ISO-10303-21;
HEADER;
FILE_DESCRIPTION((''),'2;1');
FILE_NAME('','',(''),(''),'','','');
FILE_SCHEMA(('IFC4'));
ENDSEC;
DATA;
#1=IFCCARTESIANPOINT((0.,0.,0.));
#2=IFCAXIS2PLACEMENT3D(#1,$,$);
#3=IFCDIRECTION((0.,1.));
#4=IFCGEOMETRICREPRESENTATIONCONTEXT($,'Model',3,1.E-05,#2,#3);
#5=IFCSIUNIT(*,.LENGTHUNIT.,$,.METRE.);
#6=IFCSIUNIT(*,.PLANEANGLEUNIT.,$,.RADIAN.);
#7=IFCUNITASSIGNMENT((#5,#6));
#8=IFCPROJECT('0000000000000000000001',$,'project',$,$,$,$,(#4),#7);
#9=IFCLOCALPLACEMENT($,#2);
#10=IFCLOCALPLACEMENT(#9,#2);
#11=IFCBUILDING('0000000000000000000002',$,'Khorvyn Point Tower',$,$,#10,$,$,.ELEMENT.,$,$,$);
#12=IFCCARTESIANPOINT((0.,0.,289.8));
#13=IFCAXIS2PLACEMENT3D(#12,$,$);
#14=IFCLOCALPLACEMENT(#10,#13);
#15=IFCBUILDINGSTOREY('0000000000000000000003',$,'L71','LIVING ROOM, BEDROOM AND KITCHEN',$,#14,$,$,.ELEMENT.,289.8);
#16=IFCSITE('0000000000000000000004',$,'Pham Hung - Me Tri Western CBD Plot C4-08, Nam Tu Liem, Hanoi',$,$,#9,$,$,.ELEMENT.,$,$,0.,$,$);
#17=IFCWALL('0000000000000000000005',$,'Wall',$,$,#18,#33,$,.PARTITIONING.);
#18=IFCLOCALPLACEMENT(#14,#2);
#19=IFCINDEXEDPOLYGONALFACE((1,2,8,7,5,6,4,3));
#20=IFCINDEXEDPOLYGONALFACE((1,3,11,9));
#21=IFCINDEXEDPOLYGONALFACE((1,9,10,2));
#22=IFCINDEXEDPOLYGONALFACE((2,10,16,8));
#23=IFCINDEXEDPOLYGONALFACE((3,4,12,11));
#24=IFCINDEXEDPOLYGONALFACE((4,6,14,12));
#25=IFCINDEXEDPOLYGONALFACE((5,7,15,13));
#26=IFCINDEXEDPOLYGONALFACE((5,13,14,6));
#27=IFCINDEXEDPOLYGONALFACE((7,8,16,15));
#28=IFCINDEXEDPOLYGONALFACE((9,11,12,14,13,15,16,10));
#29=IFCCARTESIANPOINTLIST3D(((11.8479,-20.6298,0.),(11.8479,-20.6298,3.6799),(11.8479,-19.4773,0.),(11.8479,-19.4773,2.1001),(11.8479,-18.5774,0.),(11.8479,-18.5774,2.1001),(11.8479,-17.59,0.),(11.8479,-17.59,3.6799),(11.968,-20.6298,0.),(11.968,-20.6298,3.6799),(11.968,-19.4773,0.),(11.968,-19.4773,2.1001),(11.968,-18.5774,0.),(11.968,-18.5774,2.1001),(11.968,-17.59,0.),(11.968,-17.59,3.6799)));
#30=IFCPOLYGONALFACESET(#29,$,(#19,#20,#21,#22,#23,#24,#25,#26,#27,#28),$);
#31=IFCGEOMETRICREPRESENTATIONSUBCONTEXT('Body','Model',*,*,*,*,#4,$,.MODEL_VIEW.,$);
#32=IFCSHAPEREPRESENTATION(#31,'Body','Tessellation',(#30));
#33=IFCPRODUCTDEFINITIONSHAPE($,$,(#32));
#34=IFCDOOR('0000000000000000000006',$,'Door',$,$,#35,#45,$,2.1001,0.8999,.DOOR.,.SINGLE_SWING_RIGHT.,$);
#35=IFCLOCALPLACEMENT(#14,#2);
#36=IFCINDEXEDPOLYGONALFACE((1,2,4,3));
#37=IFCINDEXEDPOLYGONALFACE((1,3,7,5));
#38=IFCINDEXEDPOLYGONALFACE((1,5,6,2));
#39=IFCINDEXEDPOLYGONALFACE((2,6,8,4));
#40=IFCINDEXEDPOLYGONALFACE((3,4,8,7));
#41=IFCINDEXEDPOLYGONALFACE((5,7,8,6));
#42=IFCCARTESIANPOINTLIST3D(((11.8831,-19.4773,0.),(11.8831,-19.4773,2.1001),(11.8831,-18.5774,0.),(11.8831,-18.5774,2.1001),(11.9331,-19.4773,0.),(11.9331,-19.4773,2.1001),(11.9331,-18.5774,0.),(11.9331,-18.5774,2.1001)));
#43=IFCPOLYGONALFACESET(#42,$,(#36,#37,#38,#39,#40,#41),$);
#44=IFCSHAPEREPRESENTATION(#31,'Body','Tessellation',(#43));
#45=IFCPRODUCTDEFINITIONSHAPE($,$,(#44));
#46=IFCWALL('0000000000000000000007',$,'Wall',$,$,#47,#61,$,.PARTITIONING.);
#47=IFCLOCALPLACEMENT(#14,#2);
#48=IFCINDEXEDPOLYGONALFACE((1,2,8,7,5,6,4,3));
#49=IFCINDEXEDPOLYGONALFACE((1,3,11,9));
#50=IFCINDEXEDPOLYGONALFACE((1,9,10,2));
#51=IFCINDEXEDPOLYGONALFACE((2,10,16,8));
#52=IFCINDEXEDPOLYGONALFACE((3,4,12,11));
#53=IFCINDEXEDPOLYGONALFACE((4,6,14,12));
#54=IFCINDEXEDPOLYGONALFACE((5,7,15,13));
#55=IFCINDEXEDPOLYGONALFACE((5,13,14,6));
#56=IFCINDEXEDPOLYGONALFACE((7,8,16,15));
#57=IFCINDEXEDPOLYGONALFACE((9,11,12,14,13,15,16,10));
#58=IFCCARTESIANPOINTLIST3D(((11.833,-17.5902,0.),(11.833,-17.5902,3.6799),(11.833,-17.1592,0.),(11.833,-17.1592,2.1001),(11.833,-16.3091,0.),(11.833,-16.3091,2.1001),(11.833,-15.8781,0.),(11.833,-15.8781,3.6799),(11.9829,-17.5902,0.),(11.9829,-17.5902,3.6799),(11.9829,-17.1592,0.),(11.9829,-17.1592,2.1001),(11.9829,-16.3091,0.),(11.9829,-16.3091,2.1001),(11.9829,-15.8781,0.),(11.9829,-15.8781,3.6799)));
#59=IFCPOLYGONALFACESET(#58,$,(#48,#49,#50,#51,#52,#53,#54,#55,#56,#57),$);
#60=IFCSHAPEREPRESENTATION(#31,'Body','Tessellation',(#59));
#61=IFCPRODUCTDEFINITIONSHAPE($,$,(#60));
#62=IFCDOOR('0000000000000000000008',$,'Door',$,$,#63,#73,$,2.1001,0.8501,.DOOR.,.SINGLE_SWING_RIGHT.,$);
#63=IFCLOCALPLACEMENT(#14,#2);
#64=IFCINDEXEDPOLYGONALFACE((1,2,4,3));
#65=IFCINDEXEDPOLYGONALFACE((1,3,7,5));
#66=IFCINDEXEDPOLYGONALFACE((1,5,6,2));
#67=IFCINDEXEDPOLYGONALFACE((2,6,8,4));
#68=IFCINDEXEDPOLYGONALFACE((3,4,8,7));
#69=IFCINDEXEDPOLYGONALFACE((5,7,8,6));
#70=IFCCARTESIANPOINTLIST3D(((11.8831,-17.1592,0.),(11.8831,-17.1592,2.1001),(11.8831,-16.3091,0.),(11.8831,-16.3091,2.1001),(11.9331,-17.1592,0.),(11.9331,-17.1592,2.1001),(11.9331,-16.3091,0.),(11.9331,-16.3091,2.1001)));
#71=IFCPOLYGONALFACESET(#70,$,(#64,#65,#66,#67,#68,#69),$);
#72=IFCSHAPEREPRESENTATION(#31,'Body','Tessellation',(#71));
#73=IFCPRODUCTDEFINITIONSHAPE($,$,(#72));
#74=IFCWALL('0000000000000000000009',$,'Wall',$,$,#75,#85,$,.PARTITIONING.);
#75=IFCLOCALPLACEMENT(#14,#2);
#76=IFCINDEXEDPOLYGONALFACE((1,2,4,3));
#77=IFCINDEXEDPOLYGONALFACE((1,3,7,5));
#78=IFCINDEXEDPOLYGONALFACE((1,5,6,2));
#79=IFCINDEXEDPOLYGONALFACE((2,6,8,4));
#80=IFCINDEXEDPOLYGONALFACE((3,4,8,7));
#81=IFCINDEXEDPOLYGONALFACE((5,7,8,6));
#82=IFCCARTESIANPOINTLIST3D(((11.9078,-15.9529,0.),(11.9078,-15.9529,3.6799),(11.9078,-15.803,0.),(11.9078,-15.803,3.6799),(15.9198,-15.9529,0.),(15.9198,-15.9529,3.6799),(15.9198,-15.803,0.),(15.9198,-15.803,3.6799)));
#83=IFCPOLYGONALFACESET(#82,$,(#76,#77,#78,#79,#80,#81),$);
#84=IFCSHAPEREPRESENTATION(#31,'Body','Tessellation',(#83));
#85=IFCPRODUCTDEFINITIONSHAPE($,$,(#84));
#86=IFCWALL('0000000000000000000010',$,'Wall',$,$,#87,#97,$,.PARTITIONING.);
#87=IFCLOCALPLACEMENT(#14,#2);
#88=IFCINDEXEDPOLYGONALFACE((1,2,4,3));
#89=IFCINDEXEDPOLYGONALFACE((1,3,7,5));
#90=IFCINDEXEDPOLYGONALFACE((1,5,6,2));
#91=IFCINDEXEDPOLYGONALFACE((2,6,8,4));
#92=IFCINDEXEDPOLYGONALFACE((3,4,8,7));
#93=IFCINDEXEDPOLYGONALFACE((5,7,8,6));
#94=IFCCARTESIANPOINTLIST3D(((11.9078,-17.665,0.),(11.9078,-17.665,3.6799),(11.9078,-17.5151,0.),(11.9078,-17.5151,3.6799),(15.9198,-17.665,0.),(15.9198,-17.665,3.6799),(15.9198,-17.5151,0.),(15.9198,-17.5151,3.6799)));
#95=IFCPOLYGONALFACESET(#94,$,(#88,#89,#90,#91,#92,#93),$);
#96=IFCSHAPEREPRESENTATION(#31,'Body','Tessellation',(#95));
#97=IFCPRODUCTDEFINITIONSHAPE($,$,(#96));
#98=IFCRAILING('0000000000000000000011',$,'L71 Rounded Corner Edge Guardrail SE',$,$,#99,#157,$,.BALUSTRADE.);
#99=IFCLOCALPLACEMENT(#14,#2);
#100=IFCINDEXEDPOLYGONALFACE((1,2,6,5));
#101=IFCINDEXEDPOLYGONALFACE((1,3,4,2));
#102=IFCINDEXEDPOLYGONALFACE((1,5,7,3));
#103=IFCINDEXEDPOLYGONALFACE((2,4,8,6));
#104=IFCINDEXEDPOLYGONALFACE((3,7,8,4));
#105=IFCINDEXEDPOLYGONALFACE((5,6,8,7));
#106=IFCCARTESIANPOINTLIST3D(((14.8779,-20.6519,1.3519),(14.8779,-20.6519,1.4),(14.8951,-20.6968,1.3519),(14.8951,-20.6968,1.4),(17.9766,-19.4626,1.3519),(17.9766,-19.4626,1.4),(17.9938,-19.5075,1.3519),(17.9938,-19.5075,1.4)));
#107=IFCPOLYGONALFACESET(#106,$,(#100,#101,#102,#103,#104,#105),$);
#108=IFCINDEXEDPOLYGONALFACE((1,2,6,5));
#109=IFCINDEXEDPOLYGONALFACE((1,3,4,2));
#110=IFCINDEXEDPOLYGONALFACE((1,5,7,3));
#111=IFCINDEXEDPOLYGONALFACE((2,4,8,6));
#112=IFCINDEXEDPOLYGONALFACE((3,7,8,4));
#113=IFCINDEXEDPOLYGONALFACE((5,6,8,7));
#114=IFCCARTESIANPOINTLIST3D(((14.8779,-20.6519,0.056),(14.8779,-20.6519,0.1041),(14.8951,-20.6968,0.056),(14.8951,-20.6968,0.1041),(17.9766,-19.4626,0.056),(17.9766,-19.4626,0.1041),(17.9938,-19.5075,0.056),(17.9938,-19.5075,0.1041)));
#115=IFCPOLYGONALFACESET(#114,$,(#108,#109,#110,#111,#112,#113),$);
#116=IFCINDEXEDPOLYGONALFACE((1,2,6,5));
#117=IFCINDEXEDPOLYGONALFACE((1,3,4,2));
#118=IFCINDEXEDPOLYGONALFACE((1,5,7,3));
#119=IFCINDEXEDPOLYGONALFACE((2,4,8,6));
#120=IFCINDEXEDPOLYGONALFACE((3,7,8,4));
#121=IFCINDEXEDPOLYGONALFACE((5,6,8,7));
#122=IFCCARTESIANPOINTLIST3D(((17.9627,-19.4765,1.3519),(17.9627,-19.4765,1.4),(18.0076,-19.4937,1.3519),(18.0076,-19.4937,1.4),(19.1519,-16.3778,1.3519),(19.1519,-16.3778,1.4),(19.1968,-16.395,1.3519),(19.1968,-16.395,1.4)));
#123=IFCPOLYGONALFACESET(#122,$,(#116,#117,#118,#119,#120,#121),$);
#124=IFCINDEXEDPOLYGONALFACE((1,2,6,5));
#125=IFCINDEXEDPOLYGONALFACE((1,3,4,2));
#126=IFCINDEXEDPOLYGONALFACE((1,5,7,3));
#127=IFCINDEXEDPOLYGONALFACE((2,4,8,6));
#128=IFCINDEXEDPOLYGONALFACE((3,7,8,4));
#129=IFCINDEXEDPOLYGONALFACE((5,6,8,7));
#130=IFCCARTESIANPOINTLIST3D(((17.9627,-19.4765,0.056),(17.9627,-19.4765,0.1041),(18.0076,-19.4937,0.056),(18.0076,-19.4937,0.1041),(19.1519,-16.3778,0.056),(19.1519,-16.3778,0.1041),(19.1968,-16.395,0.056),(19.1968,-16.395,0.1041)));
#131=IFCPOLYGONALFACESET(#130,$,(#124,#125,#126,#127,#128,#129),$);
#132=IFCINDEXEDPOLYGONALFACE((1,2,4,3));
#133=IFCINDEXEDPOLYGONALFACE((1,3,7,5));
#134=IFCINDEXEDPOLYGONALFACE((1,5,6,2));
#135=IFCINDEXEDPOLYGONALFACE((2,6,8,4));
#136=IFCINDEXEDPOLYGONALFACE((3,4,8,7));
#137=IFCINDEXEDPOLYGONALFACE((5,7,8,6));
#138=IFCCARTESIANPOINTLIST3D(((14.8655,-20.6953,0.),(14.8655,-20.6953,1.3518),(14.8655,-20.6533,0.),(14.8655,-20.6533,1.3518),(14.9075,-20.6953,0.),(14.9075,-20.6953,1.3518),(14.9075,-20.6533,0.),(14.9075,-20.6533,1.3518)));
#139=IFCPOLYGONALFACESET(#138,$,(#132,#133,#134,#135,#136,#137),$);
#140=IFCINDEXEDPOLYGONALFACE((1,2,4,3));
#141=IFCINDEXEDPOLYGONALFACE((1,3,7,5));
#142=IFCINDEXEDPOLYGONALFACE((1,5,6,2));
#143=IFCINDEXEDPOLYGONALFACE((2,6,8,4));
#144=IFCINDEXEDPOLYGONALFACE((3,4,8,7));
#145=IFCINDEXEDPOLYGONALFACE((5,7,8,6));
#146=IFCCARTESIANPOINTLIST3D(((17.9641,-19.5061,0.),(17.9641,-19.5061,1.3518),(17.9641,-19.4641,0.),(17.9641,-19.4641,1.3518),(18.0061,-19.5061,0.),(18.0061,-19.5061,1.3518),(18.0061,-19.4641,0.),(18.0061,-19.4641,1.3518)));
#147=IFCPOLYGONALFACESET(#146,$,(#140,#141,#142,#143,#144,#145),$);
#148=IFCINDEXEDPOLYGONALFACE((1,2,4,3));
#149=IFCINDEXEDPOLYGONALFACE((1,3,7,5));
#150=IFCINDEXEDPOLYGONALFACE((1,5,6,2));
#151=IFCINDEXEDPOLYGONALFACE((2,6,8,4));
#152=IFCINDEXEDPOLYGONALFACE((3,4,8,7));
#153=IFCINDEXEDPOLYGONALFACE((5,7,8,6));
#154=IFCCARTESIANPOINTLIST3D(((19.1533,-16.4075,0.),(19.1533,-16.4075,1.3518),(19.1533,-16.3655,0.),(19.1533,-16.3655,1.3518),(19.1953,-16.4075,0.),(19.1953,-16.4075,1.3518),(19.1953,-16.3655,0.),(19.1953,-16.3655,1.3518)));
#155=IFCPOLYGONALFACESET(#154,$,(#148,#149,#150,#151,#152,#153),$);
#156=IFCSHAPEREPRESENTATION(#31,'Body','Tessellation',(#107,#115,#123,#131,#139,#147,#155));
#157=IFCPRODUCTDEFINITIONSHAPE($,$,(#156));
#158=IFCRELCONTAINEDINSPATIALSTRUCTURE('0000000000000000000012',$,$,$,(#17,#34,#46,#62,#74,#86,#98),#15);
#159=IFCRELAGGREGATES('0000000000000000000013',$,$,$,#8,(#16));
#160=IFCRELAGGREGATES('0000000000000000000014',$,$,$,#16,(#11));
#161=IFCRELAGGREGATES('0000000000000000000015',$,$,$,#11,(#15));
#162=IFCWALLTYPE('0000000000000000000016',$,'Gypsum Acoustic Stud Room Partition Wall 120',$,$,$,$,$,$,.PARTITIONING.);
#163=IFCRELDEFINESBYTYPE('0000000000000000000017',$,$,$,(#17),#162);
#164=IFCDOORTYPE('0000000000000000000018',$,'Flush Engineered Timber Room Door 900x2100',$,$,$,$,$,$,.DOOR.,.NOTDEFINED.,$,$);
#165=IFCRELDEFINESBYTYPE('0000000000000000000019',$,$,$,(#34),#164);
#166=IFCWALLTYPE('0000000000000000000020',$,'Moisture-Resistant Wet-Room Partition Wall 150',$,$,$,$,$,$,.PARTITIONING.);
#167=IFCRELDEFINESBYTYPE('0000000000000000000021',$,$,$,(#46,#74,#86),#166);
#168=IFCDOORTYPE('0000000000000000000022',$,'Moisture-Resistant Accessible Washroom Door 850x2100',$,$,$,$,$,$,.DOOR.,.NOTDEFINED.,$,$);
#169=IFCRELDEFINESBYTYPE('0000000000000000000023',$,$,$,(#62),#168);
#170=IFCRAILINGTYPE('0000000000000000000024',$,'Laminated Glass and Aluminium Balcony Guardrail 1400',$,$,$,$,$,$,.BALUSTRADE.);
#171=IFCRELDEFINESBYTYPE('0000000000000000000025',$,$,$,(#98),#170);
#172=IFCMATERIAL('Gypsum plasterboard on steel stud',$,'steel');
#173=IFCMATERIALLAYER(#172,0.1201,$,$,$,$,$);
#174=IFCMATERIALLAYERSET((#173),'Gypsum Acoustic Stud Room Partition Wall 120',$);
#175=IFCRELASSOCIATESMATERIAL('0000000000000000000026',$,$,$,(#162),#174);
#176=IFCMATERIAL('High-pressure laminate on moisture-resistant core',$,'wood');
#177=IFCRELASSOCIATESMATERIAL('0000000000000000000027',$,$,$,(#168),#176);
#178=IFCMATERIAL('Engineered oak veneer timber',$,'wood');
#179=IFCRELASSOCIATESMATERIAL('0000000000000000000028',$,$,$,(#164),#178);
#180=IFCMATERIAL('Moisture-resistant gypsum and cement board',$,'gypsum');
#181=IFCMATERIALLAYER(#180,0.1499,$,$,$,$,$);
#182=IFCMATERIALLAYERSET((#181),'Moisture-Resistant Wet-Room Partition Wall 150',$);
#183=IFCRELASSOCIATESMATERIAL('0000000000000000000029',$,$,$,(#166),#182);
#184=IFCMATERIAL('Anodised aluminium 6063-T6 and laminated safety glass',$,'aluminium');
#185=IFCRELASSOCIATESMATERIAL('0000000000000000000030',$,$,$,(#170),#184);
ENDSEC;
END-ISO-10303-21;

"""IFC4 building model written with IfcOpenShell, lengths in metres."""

from ifc_helpers import new_model, si_unit, direction, frame, frame_2d, origin, origin_2d, place, context, subcontext, project, spatial, rectangle, extrude, material, layer, layer_set, type_object, element, fill, save


model = new_model("IFC4")

# Units and contexts
model_context = context("Model", 3, precision=1e-05, world=origin(), true_north=direction((0.0, 1.0)))
body_context = subcontext(model_context, "Body", "Model", "MODEL_VIEW")
ifc_project = project(units=[si_unit("LENGTHUNIT", "METRE"), si_unit("PLANEANGLEUNIT", "RADIAN")], contexts=[model_context])

# Site, building, storey
site_placement = place(None, origin())
site = spatial("IfcSite", under=ifc_project, at=site_placement, Name="Pham Hung - Me Tri Western CBD Plot C4-08, Nam Tu Liem, Hanoi", CompositionType="ELEMENT", RefElevation=0.0)
building_placement = place(site_placement, origin())
building = spatial("IfcBuilding", under=site, at=building_placement, Name="Khorvyn Point Tower", CompositionType="ELEMENT")
storey_placement = place(building_placement, frame((0.0, 0.0, 289.8)))
storey = spatial("IfcBuildingStorey", under=building, at=storey_placement, Name="L71", Description="LIVING ROOM, BEDROOM AND KITCHEN", CompositionType="ELEMENT", Elevation=289.8)

# Walls, openings, doors
ifc_material_1 = material(Name="Gypsum plasterboard on steel stud", Category="steel")
ifc_layer_1 = layer(ifc_material_1, 0.1201)
ifc_layer_set_1 = layer_set([ifc_layer_1], Name="Gypsum Acoustic Stud Room Partition Wall 120")
wall_type_1 = type_object("IfcWallType", Name="Gypsum Acoustic Stud Room Partition Wall 120", PredefinedType="PARTITIONING", material=ifc_layer_set_1)
ifc_material_2 = material(Name="High-pressure laminate on moisture-resistant core", Category="wood")
door_type_1 = type_object("IfcDoorType", Name="Moisture-Resistant Accessible Washroom Door 850x2100", OperationType="NOTDEFINED", PredefinedType="DOOR", material=ifc_material_2)
wall_1_placement = place(storey_placement, frame((11.908, -20.6299, 0.0), z_axis=(0.0, 0.0, 1.0), x_axis=(0.0, 1.0, 0.0)))
wall_1 = element("IfcWall", 1, at=wall_1_placement, inside=storey, type_object=wall_type_1, Name="Wall", PredefinedType="PARTITIONING", context=body_context, shape_type="SweptSolid", body=[
    extrude(rectangle(XDim=3.0398, YDim=0.1201, at=frame_2d((1.52, 0.0))), origin(), (0.0, 0.0, 1.0), 3.6799),
])
opening_1_placement = place(wall_1_placement, frame((1.1526, 0.0, 0.0)))
opening_1 = element("IfcOpeningElement", 2, at=opening_1_placement, cuts=wall_1, PredefinedType="OPENING", context=body_context, shape_type="SweptSolid", body=[
    extrude(rectangle(XDim=0.8999, YDim=2.1001, at=frame_2d((0.45, 1.05))), frame((0.0, 0.0701, 0.0), z_axis=(0.0, -1.0, 0.0), x_axis=(1.0, 0.0, 0.0)), (0.0, 0.0, 1.0), 0.1401),
])
ifc_material_3 = material(Name="Engineered oak veneer timber", Category="wood")
door_type_2 = type_object("IfcDoorType", Name="Flush Engineered Timber Room Door 900x2100", OperationType="NOTDEFINED", PredefinedType="DOOR", material=ifc_material_3)
door_1_placement = place(opening_1_placement, origin())
door_1 = element("IfcDoor", 3, at=door_1_placement, inside=storey, type_object=door_type_2, Name="Door", OperationType="SINGLE_SWING_RIGHT", OverallHeight=2.1001, OverallWidth=0.8999, PredefinedType="DOOR", context=body_context, shape_type="SweptSolid", body=[
    extrude(rectangle(XDim=0.8999, YDim=2.1001, at=frame_2d((0.45, 1.05))), frame((0.0, 0.0249, 0.0), z_axis=(0.0, -1.0, 0.0), x_axis=(1.0, 0.0, 0.0)), (0.0, 0.0, 1.0), 0.05),
])
fill(opening_1, door_1)
ifc_material_4 = material(Name="Moisture-resistant gypsum and cement board", Category="gypsum")
ifc_layer_2 = layer(ifc_material_4, 0.1499)
ifc_layer_set_2 = layer_set([ifc_layer_2], Name="Moisture-Resistant Wet-Room Partition Wall 150")
wall_type_2 = type_object("IfcWallType", Name="Moisture-Resistant Wet-Room Partition Wall 150", PredefinedType="PARTITIONING", material=ifc_layer_set_2)
wall_2_placement = place(storey_placement, frame((11.908, -17.5901, 0.0), z_axis=(0.0, 0.0, 1.0), x_axis=(0.0, 1.0, 0.0)))
wall_2 = element("IfcWall", 4, at=wall_2_placement, inside=storey, type_object=wall_type_2, Name="Wall", PredefinedType="PARTITIONING", context=body_context, shape_type="SweptSolid", body=[
    extrude(rectangle(XDim=1.7122, YDim=0.1499, at=frame_2d((0.856, 0.0))), origin(), (0.0, 0.0, 1.0), 3.6799),
])
opening_2_placement = place(wall_2_placement, frame((0.4309, 0.0, 0.0)))
opening_2 = element("IfcOpeningElement", 5, at=opening_2_placement, cuts=wall_2, PredefinedType="OPENING", context=body_context, shape_type="SweptSolid", body=[
    extrude(rectangle(XDim=0.8501, YDim=2.1001, at=frame_2d((0.425, 1.05))), frame((0.0, 0.085, 0.0), z_axis=(0.0, -1.0, 0.0), x_axis=(1.0, 0.0, 0.0)), (0.0, 0.0, 1.0), 0.1699),
])
door_2_placement = place(opening_2_placement, origin())
door_2 = element("IfcDoor", 6, at=door_2_placement, inside=storey, type_object=door_type_1, Name="Door", OperationType="SINGLE_SWING_RIGHT", OverallHeight=2.1001, OverallWidth=0.8501, PredefinedType="DOOR", context=body_context, shape_type="SweptSolid", body=[
    extrude(rectangle(XDim=0.8501, YDim=2.1001, at=frame_2d((0.425, 1.05))), frame((0.0, 0.0249, 0.0), z_axis=(0.0, -1.0, 0.0), x_axis=(1.0, 0.0, 0.0)), (0.0, 0.0, 1.0), 0.05),
])
fill(opening_2, door_2)

# Walls
for number, where, z_axis, x_axis, name in (
    (7, (11.908, -15.8779, 0.0), (0.0, 0.0, 1.0), (1.0, 0.0, 0.0), "Wall"),
    (8, (11.908, -17.5901, 0.0), (0.0, 0.0, 1.0), (1.0, 0.0, 0.0), "Wall"),
):
    element("IfcWall", number, at=place(storey_placement, frame(where, z_axis=z_axis, x_axis=x_axis)), inside=storey, type_object=wall_type_2, Name=name, PredefinedType="PARTITIONING", context=body_context, shape_type="SweptSolid", body=[
        extrude(rectangle(XDim=4.012, YDim=0.1499, at=frame_2d((2.0059, 0.0))), origin(), (0.0, 0.0, 1.0), 3.6799),
    ])

# Railing
ifc_material_5 = material(Name="Anodised aluminium 6063-T6 and laminated safety glass", Category="aluminium")
railing_type = type_object("IfcRailingType", Name="Laminated Glass and Aluminium Balcony Guardrail 1400", PredefinedType="BALUSTRADE", material=ifc_material_5)
railing_placement = place(storey_placement, frame((14.8865, -20.6743, 0.0)))
element("IfcRailing", 9, at=railing_placement, inside=storey, type_object=railing_type, Name="L71 Rounded Corner Edge Guardrail SE", PredefinedType="BALUSTRADE", context=body_context, shape_type="SweptSolid", body=[
    extrude(rectangle(XDim=0.0481, YDim=0.0481, at=origin_2d()), frame((0.0, 0.0, 1.376), z_axis=(0.933605, 0.358304, 0.0), x_axis=(-0.358304, 0.933605, 0.0)), (0.0, 0.0, 1.0), 3.3191),
    extrude(rectangle(XDim=0.0481, YDim=0.0481, at=origin_2d()), frame((0.0, 0.0, 0.0801), z_axis=(0.933605, 0.358304, 0.0), x_axis=(-0.358304, 0.933605, 0.0)), (0.0, 0.0, 1.0), 3.3191),
    extrude(rectangle(XDim=0.0481, YDim=0.0481, at=origin_2d()), frame((3.0986, 1.1892, 1.376), z_axis=(0.358304, 0.933605, 0.0), x_axis=(-0.933605, 0.358304, 0.0)), (0.0, 0.0, 1.0), 3.3191),
    extrude(rectangle(XDim=0.0481, YDim=0.0481, at=origin_2d()), frame((3.0986, 1.1892, 0.0801), z_axis=(0.358304, 0.933605, 0.0), x_axis=(-0.933605, 0.358304, 0.0)), (0.0, 0.0, 1.0), 3.3191),
    extrude(rectangle(XDim=0.042, YDim=0.042, at=origin_2d()), origin(), (0.0, 0.0, 1.0), 1.3518),
    extrude(rectangle(XDim=0.042, YDim=0.042, at=origin_2d()), frame((3.0986, 1.1892, 0.0)), (0.0, 0.0, 1.0), 1.3518),
    extrude(rectangle(XDim=0.042, YDim=0.042, at=origin_2d()), frame((4.2878, 4.2878, 0.0)), (0.0, 0.0, 1.0), 1.3518),
])

save(model, "model.ifc")
